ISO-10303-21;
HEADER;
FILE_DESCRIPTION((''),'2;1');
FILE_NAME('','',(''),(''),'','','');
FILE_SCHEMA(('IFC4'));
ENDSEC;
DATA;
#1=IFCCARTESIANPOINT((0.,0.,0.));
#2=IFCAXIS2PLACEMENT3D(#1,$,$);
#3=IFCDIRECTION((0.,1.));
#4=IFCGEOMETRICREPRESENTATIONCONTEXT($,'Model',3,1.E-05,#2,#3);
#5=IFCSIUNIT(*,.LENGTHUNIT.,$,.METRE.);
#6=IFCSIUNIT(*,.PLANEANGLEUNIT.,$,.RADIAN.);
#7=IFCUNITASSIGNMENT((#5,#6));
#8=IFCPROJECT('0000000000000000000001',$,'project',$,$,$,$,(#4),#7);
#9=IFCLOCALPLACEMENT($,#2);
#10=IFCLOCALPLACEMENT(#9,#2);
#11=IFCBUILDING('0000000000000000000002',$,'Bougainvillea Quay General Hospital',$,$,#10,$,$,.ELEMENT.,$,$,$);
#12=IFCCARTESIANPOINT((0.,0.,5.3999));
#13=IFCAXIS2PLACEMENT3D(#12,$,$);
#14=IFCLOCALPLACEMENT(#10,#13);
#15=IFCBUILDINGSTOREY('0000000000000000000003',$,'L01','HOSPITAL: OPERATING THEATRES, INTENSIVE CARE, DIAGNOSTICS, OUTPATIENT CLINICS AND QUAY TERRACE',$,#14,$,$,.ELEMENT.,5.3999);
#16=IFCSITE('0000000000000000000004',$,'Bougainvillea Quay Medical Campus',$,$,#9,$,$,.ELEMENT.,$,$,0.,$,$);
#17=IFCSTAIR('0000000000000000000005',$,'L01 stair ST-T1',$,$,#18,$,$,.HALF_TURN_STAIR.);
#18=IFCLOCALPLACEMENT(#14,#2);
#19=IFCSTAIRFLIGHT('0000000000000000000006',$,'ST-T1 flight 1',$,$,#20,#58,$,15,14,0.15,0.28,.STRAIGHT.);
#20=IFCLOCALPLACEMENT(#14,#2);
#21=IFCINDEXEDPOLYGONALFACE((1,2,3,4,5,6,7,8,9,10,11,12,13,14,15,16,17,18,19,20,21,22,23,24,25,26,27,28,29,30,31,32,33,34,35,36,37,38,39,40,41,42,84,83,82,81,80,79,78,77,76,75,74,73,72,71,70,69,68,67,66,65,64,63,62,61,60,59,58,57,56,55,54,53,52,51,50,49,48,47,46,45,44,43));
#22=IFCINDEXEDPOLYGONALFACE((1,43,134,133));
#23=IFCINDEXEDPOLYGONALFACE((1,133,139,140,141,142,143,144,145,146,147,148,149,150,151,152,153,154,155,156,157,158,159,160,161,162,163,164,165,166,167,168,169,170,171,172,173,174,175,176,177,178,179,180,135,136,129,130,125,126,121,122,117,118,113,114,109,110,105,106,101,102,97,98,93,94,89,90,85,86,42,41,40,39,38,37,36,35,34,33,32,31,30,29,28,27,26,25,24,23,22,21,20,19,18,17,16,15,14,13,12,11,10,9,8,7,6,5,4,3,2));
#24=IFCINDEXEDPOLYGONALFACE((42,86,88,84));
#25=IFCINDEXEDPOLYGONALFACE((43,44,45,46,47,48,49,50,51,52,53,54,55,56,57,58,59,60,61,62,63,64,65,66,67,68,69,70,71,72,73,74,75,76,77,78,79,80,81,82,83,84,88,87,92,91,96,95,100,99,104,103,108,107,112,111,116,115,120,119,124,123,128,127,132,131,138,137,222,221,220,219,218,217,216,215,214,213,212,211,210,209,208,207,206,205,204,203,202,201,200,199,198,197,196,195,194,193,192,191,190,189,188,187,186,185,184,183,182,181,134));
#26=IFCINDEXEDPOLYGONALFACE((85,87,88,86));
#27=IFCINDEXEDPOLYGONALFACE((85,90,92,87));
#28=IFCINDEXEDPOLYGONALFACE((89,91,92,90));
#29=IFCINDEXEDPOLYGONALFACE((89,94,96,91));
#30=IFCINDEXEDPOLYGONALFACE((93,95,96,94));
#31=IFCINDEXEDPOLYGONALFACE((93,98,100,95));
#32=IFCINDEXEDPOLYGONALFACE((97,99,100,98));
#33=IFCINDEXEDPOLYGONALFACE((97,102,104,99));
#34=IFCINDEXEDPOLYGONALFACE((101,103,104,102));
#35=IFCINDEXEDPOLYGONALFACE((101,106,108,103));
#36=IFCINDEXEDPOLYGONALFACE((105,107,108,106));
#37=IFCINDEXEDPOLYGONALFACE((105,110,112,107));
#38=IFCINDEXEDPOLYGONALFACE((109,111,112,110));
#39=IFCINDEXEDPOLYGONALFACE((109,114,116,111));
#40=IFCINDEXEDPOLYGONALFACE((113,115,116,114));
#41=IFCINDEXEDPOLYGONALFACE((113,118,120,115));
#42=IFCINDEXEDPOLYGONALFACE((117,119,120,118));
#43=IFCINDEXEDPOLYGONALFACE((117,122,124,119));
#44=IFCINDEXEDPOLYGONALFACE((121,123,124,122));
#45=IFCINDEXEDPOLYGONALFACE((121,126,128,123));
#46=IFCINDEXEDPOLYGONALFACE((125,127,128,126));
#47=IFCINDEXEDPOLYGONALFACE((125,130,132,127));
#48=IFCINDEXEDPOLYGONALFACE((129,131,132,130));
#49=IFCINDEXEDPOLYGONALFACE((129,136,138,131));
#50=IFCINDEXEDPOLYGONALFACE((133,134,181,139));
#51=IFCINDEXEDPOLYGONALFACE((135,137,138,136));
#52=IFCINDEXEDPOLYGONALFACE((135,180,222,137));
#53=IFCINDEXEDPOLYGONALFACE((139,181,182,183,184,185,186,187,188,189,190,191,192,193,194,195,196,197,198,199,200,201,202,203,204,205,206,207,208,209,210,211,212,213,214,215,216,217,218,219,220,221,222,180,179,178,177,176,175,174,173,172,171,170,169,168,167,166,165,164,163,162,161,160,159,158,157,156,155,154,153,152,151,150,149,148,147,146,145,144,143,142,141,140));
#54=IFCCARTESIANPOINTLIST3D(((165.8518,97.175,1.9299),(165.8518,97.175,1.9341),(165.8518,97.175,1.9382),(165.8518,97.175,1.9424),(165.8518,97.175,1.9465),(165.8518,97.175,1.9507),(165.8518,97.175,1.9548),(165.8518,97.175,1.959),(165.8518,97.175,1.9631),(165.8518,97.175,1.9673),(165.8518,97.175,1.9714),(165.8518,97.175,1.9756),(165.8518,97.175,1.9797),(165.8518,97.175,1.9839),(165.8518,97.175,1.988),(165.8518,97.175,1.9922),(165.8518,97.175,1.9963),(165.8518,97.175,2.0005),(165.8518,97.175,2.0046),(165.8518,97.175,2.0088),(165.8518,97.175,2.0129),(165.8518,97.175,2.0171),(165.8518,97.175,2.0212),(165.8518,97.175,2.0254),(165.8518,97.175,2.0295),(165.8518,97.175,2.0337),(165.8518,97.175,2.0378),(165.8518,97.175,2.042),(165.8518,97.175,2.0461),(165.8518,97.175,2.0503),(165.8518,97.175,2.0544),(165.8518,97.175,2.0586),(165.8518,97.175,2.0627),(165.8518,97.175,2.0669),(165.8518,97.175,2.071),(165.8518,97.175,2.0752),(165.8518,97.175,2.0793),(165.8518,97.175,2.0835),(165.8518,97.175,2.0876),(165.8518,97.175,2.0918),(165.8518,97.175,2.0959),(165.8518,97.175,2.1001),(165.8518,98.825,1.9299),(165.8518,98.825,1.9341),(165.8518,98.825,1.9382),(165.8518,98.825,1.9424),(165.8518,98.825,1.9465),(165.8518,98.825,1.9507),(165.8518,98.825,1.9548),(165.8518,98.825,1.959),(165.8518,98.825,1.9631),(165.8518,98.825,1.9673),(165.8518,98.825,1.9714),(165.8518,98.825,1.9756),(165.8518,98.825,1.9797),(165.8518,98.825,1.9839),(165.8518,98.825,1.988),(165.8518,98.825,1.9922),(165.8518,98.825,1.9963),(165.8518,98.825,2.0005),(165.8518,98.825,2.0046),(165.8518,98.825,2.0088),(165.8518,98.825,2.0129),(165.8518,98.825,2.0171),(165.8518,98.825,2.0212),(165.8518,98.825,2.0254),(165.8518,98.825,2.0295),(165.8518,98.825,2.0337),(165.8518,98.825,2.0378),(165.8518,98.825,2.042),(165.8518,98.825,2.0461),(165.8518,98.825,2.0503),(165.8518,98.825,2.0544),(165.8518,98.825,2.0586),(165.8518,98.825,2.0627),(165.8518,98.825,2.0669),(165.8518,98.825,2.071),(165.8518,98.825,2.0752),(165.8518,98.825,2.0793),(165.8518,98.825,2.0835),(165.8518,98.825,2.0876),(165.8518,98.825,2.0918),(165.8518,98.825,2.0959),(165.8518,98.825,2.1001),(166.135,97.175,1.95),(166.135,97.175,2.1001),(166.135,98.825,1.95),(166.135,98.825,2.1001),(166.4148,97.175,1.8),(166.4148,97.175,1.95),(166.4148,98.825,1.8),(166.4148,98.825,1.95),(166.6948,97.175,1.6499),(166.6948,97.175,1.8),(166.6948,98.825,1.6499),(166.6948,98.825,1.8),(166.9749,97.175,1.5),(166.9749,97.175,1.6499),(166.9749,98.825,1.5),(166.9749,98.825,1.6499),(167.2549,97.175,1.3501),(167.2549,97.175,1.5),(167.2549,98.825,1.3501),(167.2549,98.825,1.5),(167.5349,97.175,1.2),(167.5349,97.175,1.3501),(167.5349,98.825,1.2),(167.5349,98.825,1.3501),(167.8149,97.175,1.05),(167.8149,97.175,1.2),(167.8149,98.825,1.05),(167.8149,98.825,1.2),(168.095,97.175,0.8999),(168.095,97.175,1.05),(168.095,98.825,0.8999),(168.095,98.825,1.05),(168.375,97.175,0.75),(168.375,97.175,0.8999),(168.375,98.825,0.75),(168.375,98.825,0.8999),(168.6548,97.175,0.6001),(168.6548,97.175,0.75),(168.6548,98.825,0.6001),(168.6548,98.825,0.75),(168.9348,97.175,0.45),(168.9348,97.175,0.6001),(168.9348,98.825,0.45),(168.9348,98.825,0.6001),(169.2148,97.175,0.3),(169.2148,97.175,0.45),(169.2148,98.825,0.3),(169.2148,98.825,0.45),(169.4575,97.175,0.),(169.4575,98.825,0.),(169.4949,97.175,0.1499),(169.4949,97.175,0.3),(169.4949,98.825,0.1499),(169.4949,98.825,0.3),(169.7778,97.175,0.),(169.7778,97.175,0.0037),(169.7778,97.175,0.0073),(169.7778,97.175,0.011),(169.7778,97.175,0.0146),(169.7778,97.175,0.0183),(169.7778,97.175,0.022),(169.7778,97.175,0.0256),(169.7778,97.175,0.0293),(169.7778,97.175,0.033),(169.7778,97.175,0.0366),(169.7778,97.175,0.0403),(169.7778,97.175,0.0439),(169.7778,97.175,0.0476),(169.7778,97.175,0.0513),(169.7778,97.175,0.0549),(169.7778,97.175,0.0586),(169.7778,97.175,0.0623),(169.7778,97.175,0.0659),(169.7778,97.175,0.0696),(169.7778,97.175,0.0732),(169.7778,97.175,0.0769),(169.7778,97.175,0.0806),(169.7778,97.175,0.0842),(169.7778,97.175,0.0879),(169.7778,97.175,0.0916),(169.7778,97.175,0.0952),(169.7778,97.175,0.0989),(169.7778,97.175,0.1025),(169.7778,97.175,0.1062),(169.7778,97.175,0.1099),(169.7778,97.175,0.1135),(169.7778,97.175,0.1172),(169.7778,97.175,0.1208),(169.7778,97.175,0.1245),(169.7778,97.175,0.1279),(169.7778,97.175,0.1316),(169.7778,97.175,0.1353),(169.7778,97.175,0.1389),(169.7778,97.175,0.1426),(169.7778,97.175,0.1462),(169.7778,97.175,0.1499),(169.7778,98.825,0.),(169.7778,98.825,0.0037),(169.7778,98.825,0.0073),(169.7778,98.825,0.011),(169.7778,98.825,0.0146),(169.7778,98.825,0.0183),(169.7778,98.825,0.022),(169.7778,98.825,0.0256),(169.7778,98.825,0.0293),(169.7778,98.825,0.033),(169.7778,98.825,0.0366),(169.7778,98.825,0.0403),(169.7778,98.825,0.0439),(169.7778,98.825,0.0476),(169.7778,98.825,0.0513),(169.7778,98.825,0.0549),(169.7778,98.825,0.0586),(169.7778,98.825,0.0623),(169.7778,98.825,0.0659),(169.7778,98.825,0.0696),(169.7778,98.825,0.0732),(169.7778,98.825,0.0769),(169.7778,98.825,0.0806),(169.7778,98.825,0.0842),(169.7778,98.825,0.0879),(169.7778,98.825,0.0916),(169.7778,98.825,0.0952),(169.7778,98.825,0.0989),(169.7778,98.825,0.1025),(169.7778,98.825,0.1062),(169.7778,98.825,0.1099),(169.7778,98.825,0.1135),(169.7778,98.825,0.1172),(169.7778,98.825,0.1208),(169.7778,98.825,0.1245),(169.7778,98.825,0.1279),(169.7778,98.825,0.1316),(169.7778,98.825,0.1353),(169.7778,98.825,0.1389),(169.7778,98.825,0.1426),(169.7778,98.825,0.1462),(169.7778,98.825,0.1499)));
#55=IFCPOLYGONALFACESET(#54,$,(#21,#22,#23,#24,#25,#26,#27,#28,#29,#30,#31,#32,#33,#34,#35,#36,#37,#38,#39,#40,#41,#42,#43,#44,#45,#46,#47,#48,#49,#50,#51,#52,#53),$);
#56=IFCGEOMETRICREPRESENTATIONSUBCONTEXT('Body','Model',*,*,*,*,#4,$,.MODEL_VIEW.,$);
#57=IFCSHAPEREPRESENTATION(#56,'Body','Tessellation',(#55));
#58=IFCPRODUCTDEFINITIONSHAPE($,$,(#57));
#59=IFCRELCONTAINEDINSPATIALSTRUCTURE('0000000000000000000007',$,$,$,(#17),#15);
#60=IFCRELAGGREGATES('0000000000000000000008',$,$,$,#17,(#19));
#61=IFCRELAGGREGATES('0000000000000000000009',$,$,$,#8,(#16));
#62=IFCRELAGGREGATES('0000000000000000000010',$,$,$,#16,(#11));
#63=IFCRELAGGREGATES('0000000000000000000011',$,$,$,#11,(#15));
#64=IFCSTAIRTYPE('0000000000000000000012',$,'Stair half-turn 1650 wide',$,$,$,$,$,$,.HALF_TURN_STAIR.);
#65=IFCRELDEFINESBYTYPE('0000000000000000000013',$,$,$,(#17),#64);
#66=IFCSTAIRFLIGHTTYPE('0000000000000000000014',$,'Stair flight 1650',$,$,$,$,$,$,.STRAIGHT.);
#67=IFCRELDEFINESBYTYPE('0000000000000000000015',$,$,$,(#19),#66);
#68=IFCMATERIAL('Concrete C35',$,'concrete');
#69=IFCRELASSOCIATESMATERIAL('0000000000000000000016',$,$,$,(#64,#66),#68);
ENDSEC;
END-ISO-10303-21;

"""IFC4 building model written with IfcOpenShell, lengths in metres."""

from ifc_helpers import new_model, si_unit, direction, frame, origin, place, context, subcontext, project, spatial, polyline, outline, extrude, material, type_object, element, aggregate, save


model = new_model("IFC4")

# Units and contexts
model_context = context("Model", 3, precision=1e-05, world=origin(), true_north=direction((0.0, 1.0)))
body_context = subcontext(model_context, "Body", "Model", "MODEL_VIEW")
ifc_project = project(units=[si_unit("LENGTHUNIT", "METRE"), si_unit("PLANEANGLEUNIT", "RADIAN")], contexts=[model_context])

# Site, building, storey
site_placement = place(None, origin())
site = spatial("IfcSite", under=ifc_project, at=site_placement, Name="Bougainvillea Quay Medical Campus", CompositionType="ELEMENT", RefElevation=0.0)
building_placement = place(site_placement, origin())
building = spatial("IfcBuilding", under=site, at=building_placement, Name="Bougainvillea Quay General Hospital", CompositionType="ELEMENT")
storey_placement = place(building_placement, frame((0.0, 0.0, 5.3999)))
storey = spatial("IfcBuildingStorey", under=building, at=storey_placement, Name="L01", Description="HOSPITAL: OPERATING THEATRES, INTENSIVE CARE, DIAGNOSTICS, OUTPATIENT CLINICS AND QUAY TERRACE", CompositionType="ELEMENT", Elevation=5.3999)

# Stair, stair flight
ifc_material_1 = material(Name="Concrete C35", Category="concrete")
stair_type = type_object("IfcStairType", Name="Stair half-turn 1650 wide", PredefinedType="HALF_TURN_STAIR", material=ifc_material_1)
stair_placement = place(storey_placement, origin())
stair = element("IfcStair", 1, at=stair_placement, inside=storey, type_object=stair_type, Name="L01 stair ST-T1", PredefinedType="HALF_TURN_STAIR")
stair_flight_type = type_object("IfcStairFlightType", Name="Stair flight 1650", PredefinedType="STRAIGHT", material=ifc_material_1)
stair_flight_1_placement = place(storey_placement, frame((169.7749, 98.0, 0.0), z_axis=(0.0, 0.0, 1.0), x_axis=(-1.0, 0.0, 0.0)))
stair_flight_1 = element("IfcStairFlight", 2, at=stair_flight_1_placement, type_object=stair_flight_type, Name="ST-T1 flight 1", NumberOfRisers=15, NumberOfTreads=14, PredefinedType="STRAIGHT", RiserHeight=0.15, TreadLength=0.28, context=body_context, shape_type="SweptSolid", body=[
    extrude(outline(polyline([(-0.0029, 0.0), (-0.0029, 0.0037), (-0.0029, 0.0073), (-0.0029, 0.011), (-0.0029, 0.0146), (-0.0029, 0.0183), (-0.0029, 0.022), (-0.0029, 0.0256), (-0.0029, 0.0293), (-0.0029, 0.033), (-0.0029, 0.0366), (-0.0029, 0.0403), (-0.0029, 0.0439), (-0.0029, 0.0476), (-0.0029, 0.0513), (-0.0029, 0.0549), (-0.0029, 0.0586), (-0.0029, 0.0623), (-0.0029, 0.0659), (-0.0029, 0.0696), (-0.0029, 0.0732), (-0.0029, 0.0769), (-0.0029, 0.0806), (-0.0029, 0.0842), (-0.0029, 0.0879), (-0.0029, 0.0916), (-0.0029, 0.0952), (-0.0029, 0.0989), (-0.0029, 0.1025), (-0.0029, 0.1062), (-0.0029, 0.1099), (-0.0029, 0.1135), (-0.0029, 0.1172), (-0.0029, 0.1208), (-0.0029, 0.1245), (-0.0029, 0.1279), (-0.0029, 0.1316), (-0.0029, 0.1353), (-0.0029, 0.1389), (-0.0029, 0.1426), (-0.0029, 0.1462), (-0.0029, 0.1499), (0.28, 0.1499), (0.28, 0.3), (0.5601, 0.3), (0.5601, 0.45), (0.8401, 0.45), (0.8401, 0.6001), (1.1201, 0.6001), (1.1201, 0.75), (1.3999, 0.75), (1.3999, 0.8999), (1.6799, 0.8999), (1.6799, 1.05), (1.96, 1.05), (1.96, 1.2), (2.24, 1.2), (2.24, 1.3501), (2.52, 1.3501), (2.52, 1.5), (2.8, 1.5), (2.8, 1.6499), (3.0801, 1.6499), (3.0801, 1.8), (3.3601, 1.8), (3.3601, 1.95), (3.6399, 1.95), (3.6399, 2.1001), (3.9231, 2.1001), (3.9231, 2.0959), (3.9231, 2.0918), (3.9231, 2.0876), (3.9231, 2.0835), (3.9231, 2.0793), (3.9231, 2.0752), (3.9231, 2.071), (3.9231, 2.0669), (3.9231, 2.0627), (3.9231, 2.0586), (3.9231, 2.0544), (3.9231, 2.0503), (3.9231, 2.0461), (3.9231, 2.042), (3.9231, 2.0378), (3.9231, 2.0337), (3.9231, 2.0295), (3.9231, 2.0254), (3.9231, 2.0212), (3.9231, 2.0171), (3.9231, 2.0129), (3.9231, 2.0088), (3.9231, 2.0046), (3.9231, 2.0005), (3.9231, 1.9963), (3.9231, 1.9922), (3.9231, 1.988), (3.9231, 1.9839), (3.9231, 1.9797), (3.9231, 1.9756), (3.9231, 1.9714), (3.9231, 1.9673), (3.9231, 1.9631), (3.9231, 1.959), (3.9231, 1.9548), (3.9231, 1.9507), (3.9231, 1.9465), (3.9231, 1.9424), (3.9231, 1.9382), (3.9231, 1.9341), (3.9231, 1.9299), (0.3174, 0.0), (-0.0029, 0.0)])), frame((0.0, 0.825, 0.0), z_axis=(0.0, -1.0, 0.0), x_axis=(1.0, 0.0, 0.0)), (0.0, 0.0, 1.0), 1.6499),
])
aggregate(stair, [stair_flight_1])

save(model, "model.ifc")
